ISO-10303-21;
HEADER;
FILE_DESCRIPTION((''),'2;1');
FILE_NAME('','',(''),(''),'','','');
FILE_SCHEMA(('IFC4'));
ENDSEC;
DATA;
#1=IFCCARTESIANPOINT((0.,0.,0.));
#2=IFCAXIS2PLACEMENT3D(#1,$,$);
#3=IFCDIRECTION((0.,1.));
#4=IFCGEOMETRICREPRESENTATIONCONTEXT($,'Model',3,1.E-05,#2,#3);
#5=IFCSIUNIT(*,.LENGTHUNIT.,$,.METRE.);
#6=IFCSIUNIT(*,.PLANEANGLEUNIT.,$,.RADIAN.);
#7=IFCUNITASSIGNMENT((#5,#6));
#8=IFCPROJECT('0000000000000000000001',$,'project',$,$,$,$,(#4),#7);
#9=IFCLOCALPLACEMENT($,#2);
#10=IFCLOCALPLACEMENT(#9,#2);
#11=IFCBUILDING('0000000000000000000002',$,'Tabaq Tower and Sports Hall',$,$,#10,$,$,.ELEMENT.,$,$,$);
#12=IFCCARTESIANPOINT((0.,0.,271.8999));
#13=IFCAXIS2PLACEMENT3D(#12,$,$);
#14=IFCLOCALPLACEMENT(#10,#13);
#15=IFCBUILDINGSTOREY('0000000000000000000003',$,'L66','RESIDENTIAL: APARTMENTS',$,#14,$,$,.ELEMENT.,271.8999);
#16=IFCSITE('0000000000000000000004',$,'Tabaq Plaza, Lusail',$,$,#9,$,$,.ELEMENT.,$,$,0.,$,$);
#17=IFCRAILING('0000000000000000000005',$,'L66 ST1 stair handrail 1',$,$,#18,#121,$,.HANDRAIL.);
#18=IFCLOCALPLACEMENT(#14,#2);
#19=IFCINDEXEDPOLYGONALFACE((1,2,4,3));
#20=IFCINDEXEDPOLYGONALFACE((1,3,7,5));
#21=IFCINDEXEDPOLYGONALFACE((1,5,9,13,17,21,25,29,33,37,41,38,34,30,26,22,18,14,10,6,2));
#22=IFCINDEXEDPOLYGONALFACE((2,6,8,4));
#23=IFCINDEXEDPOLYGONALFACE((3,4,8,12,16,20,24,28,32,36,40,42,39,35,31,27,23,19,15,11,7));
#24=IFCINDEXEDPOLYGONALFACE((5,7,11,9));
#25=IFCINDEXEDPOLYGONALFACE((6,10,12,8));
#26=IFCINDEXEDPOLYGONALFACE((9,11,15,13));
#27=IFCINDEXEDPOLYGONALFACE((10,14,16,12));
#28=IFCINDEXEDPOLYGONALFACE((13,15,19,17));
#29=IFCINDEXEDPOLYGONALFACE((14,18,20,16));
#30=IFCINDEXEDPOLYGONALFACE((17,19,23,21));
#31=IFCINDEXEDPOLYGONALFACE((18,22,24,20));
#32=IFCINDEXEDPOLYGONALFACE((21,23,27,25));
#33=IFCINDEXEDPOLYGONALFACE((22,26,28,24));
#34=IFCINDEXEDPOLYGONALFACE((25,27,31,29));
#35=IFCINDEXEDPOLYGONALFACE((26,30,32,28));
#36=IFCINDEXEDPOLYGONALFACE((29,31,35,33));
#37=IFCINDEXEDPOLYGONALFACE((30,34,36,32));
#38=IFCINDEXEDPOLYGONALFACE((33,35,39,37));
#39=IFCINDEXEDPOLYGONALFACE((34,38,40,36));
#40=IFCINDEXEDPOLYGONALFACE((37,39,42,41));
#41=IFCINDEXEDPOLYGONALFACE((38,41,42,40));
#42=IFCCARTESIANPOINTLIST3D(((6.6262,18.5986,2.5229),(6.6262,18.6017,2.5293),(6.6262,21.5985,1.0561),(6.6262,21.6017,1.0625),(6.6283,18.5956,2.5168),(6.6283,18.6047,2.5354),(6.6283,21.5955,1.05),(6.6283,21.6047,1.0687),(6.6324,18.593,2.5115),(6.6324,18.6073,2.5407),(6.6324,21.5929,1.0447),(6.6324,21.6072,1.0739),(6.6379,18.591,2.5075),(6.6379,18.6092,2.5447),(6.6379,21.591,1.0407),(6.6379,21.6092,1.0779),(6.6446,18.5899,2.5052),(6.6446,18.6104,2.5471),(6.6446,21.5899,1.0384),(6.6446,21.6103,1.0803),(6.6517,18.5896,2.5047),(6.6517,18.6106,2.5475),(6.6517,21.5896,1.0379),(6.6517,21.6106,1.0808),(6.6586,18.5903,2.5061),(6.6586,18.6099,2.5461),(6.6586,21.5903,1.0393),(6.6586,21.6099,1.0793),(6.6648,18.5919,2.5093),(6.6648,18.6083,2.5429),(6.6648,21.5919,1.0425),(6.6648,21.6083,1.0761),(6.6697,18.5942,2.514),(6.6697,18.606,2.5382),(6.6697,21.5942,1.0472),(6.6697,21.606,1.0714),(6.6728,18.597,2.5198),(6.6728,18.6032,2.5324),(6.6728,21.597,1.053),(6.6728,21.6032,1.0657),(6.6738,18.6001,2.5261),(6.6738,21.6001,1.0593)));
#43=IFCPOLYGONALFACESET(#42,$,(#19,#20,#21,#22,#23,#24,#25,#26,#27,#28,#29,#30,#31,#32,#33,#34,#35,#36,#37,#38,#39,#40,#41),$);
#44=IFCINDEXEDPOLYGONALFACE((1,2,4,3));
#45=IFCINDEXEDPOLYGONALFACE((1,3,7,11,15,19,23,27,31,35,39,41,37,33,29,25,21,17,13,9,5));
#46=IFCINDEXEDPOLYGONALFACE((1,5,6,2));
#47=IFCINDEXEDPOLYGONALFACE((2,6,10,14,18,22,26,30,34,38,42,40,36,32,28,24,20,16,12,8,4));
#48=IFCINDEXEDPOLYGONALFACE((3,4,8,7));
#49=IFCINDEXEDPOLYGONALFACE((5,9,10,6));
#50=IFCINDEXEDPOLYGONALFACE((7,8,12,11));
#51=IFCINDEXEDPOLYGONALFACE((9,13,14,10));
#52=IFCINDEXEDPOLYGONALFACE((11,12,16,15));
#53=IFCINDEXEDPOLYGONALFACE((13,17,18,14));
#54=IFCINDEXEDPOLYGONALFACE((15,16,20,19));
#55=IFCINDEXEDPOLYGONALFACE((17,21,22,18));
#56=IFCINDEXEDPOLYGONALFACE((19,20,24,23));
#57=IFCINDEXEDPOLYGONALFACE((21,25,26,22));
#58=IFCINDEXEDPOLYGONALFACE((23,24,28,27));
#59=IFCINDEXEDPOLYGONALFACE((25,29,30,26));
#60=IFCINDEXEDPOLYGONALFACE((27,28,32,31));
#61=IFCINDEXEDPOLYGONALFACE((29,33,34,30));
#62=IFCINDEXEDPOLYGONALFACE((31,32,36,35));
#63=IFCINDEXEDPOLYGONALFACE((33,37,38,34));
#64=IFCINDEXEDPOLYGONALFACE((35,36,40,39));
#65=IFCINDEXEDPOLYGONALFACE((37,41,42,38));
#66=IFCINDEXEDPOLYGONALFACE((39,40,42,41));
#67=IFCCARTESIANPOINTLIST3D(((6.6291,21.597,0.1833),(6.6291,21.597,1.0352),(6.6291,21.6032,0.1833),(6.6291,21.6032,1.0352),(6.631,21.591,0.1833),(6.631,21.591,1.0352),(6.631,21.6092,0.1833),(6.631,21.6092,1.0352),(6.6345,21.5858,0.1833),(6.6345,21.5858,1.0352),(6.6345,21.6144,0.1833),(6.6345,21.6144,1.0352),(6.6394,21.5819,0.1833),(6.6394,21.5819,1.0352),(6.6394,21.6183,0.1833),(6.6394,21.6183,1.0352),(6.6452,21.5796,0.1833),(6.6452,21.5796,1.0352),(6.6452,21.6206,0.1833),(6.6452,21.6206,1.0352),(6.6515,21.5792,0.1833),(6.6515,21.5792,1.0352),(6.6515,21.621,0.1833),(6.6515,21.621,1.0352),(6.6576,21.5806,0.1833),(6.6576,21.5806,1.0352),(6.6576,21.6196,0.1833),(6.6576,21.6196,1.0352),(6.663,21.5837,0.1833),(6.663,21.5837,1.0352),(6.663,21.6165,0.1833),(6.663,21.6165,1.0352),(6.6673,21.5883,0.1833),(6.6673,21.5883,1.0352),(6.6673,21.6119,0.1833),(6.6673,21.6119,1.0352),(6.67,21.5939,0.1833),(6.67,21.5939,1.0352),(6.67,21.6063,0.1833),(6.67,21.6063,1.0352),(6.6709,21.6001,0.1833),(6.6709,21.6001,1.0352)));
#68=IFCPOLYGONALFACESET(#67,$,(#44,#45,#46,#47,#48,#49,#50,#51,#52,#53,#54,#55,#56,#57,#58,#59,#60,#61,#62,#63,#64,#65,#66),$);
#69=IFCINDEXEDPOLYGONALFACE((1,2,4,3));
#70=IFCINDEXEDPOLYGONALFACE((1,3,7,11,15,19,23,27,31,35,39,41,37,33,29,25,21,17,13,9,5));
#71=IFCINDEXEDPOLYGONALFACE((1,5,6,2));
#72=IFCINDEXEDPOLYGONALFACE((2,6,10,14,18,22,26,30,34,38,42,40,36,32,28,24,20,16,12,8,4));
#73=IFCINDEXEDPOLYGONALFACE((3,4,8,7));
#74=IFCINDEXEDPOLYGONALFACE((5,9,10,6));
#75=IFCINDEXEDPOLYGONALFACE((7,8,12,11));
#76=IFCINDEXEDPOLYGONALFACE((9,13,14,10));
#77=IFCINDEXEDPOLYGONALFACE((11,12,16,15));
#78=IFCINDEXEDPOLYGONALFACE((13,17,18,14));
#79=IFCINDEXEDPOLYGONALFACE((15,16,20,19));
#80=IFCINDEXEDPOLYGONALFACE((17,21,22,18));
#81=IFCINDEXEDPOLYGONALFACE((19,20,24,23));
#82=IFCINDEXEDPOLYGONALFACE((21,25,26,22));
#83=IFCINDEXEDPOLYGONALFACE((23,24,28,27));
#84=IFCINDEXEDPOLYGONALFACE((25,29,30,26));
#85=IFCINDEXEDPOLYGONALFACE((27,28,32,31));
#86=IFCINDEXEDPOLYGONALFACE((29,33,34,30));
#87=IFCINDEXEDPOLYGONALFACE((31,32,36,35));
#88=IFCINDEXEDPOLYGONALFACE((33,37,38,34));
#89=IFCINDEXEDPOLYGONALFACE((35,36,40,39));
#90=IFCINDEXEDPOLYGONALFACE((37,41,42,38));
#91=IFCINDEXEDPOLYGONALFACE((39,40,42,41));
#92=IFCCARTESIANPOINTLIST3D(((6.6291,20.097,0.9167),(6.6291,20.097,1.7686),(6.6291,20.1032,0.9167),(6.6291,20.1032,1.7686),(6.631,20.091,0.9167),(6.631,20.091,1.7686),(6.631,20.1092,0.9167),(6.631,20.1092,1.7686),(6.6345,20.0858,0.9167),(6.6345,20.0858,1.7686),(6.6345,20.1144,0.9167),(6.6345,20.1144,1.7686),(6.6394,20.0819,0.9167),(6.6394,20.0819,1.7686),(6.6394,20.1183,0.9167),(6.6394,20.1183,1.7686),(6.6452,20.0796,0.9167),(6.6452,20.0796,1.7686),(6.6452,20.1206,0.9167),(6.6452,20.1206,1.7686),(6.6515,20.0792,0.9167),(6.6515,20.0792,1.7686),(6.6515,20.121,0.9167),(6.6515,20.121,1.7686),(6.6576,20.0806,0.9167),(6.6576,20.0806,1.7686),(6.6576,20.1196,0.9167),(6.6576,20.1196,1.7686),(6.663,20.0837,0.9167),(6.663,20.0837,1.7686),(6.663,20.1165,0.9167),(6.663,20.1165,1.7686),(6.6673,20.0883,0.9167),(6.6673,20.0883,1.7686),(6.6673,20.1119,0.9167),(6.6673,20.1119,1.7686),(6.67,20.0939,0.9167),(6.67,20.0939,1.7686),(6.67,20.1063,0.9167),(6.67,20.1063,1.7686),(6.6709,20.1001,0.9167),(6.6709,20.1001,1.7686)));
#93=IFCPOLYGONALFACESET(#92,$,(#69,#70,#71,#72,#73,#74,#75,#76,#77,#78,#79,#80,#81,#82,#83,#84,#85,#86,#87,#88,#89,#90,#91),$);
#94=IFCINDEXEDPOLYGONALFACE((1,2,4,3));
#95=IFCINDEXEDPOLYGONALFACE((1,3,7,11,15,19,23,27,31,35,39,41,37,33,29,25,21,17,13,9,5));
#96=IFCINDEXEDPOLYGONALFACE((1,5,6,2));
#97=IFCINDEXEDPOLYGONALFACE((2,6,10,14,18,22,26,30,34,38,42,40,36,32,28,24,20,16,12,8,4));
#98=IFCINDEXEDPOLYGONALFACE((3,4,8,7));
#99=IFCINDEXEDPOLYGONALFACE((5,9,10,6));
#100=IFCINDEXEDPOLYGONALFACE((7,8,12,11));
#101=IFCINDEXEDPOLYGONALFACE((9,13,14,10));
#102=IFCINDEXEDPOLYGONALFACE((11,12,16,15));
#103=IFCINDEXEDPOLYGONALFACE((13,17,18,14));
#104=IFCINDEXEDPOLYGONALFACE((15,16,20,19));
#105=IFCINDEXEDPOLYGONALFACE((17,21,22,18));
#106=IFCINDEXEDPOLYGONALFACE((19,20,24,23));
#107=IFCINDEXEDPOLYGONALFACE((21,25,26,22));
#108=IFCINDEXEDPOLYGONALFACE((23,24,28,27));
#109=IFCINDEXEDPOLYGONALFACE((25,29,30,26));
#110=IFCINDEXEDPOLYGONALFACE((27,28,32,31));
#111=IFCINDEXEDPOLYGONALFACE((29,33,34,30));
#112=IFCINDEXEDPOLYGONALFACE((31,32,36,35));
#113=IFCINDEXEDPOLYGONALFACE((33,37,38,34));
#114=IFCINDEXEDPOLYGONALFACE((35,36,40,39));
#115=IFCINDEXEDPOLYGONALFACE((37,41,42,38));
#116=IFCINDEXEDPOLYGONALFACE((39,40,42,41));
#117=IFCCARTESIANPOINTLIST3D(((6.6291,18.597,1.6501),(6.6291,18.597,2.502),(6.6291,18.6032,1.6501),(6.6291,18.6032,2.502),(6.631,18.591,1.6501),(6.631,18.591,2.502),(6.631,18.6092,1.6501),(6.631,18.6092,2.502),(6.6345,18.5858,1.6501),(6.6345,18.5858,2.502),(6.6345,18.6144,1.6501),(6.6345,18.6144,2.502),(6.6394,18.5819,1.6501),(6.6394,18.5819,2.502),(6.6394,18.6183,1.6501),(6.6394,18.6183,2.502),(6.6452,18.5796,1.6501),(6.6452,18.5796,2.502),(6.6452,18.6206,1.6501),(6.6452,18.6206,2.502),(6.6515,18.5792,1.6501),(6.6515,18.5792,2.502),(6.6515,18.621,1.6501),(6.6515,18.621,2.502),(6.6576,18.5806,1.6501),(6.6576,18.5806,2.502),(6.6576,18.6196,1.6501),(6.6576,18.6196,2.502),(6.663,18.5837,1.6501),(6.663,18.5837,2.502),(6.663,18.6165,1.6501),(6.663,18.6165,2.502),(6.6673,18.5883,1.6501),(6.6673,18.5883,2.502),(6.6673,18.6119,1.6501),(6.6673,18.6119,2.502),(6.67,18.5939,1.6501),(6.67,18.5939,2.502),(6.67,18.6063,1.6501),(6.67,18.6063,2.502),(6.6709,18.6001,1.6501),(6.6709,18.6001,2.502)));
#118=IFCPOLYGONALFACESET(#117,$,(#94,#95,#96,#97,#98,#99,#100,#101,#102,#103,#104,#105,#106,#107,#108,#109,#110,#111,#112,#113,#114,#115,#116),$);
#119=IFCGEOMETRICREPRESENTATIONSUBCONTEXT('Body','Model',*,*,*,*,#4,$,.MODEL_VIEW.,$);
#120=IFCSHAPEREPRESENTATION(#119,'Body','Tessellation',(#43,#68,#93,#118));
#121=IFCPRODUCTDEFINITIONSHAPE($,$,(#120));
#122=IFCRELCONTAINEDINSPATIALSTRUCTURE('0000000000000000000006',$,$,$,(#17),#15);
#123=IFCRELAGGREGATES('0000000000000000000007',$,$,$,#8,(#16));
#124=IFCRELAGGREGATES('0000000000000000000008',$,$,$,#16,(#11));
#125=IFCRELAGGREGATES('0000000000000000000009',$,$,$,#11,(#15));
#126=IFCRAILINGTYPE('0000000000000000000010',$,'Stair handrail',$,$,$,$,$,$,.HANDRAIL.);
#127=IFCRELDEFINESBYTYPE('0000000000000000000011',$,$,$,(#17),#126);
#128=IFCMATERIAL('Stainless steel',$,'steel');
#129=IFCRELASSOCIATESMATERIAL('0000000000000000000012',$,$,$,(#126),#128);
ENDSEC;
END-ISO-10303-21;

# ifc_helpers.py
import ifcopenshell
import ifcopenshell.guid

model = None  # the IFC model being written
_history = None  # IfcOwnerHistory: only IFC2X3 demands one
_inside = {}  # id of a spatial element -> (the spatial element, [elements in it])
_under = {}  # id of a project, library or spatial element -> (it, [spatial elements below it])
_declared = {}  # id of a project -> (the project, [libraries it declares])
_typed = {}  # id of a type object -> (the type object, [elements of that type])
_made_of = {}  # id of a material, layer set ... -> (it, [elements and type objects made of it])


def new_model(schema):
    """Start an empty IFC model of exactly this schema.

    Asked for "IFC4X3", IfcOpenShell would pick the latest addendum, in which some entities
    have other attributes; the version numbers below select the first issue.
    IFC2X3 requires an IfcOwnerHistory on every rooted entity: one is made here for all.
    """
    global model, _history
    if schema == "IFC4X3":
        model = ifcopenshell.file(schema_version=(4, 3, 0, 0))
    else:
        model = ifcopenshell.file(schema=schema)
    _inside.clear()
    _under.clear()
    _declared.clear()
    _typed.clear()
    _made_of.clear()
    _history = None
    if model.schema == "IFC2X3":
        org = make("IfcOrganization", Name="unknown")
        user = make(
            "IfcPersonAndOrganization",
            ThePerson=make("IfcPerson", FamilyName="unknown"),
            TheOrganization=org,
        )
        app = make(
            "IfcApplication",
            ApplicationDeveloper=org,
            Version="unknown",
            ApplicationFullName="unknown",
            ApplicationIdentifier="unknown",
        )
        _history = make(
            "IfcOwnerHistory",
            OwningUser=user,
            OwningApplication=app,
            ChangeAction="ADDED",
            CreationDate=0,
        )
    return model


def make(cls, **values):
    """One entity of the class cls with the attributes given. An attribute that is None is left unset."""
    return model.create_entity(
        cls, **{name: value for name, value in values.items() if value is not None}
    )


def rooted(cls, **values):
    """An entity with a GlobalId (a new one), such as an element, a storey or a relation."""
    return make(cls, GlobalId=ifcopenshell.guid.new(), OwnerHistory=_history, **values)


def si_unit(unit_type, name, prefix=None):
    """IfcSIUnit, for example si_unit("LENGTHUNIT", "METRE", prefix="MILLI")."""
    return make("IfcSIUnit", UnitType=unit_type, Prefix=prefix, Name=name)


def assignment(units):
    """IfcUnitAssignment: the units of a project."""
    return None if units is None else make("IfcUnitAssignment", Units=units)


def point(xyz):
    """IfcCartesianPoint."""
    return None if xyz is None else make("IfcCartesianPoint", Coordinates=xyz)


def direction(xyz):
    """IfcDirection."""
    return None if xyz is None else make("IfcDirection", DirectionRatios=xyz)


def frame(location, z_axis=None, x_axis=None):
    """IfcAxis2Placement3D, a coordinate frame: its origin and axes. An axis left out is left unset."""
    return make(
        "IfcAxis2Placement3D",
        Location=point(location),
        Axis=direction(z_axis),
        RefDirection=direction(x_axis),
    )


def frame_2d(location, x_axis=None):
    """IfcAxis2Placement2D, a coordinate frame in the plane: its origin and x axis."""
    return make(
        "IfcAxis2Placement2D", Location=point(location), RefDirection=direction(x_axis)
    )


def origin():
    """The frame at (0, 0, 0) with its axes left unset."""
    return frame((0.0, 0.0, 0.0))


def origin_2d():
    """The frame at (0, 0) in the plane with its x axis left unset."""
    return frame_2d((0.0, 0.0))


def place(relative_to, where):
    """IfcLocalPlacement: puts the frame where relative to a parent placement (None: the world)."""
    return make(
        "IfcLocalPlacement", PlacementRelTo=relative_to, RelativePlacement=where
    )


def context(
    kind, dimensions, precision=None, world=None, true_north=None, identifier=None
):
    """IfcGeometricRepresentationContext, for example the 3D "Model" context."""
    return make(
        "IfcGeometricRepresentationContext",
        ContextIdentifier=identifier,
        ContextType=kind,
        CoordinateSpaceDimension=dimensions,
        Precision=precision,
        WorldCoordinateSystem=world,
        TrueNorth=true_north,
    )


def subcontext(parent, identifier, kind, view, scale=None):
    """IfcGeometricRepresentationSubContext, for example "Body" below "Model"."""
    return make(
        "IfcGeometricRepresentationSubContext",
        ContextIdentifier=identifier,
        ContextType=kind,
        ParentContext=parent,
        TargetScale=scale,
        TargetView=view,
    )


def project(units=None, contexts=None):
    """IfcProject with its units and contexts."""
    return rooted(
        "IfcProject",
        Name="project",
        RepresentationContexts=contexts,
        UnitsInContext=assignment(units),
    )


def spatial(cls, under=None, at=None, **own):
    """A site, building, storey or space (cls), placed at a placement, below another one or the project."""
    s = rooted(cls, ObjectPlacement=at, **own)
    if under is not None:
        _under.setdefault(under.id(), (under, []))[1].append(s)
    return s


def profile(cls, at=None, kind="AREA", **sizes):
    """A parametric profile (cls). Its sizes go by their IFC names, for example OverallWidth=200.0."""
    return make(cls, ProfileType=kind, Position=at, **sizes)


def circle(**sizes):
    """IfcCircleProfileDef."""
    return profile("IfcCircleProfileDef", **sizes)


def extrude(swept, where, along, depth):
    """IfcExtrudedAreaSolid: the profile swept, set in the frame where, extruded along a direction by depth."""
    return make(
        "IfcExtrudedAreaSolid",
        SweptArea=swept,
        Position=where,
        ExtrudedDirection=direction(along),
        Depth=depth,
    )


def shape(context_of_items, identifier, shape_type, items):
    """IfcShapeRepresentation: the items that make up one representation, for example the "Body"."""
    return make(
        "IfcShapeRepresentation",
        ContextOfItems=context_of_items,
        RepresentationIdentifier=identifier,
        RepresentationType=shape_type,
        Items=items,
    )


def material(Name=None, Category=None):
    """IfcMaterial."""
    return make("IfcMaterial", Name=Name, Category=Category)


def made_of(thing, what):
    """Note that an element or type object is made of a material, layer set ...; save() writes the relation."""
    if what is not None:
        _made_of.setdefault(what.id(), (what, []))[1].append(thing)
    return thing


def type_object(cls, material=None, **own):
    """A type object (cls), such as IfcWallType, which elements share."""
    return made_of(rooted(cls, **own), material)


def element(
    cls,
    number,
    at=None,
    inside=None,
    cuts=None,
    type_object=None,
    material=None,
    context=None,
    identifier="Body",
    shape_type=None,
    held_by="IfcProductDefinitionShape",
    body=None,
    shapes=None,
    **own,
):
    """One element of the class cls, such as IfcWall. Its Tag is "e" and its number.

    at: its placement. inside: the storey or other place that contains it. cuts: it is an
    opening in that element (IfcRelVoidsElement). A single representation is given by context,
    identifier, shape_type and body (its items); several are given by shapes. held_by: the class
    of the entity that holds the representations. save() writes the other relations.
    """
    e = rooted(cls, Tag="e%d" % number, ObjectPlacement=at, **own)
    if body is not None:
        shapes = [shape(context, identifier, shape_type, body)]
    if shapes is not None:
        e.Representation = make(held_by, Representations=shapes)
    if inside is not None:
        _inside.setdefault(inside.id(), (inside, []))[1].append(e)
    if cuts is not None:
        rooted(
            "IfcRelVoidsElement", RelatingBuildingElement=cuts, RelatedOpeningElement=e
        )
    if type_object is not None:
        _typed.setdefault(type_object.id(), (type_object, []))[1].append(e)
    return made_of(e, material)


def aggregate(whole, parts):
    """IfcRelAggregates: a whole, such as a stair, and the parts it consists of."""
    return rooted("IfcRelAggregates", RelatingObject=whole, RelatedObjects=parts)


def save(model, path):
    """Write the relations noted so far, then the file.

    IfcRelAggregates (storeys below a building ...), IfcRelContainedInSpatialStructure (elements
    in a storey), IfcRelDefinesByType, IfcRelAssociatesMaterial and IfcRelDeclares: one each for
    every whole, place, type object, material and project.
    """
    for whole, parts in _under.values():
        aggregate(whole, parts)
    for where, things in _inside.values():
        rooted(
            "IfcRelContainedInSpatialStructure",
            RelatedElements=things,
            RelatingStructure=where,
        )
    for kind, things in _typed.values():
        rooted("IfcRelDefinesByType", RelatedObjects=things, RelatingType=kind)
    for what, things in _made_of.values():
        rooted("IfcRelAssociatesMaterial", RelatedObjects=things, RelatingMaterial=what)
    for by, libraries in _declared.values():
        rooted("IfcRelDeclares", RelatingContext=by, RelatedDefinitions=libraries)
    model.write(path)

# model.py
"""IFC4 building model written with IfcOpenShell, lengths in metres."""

from ifc_helpers import new_model, si_unit, direction, frame, origin, origin_2d, place, context, subcontext, project, spatial, circle, extrude, material, type_object, element, save


model = new_model("IFC4")

# Units and contexts
model_context = context("Model", 3, precision=1e-05, world=origin(), true_north=direction((0.0, 1.0)))
body_context = subcontext(model_context, "Body", "Model", "MODEL_VIEW")
ifc_project = project(units=[si_unit("LENGTHUNIT", "METRE"), si_unit("PLANEANGLEUNIT", "RADIAN")], contexts=[model_context])

# Site, building, storey
site_placement = place(None, origin())
site = spatial("IfcSite", under=ifc_project, at=site_placement, Name="Tabaq Plaza, Lusail", CompositionType="ELEMENT", RefElevation=0.0)
building_placement = place(site_placement, origin())
building = spatial("IfcBuilding", under=site, at=building_placement, Name="Tabaq Tower and Sports Hall", CompositionType="ELEMENT")
storey_placement = place(building_placement, frame((0.0, 0.0, 271.8999)))
storey = spatial("IfcBuildingStorey", under=building, at=storey_placement, Name="L66", Description="RESIDENTIAL: APARTMENTS", CompositionType="ELEMENT", Elevation=271.8999)

# Railing
ifc_material_1 = material(Name="Stainless steel", Category="steel")
railing_type = type_object("IfcRailingType", Name="Stair handrail", PredefinedType="HANDRAIL", material=ifc_material_1)
railing_1_placement = place(storey_placement, frame((6.6499, 21.6001, 0.1833)))
element("IfcRailing", 1, at=railing_1_placement, inside=storey, type_object=railing_type, Name="L66 ST1 stair handrail 1", PredefinedType="HANDRAIL", context=body_context, shape_type="SweptSolid", body=[
    extrude(circle(Radius=0.0239, at=origin_2d()), frame((0.0, 0.0, 0.876), z_axis=(0.0, -0.898369, 0.439242), x_axis=(1.0, 0.0, 0.0)), (0.0, 0.0, 1.0), 3.3394),
    extrude(circle(Radius=0.021, at=origin_2d()), origin(), (0.0, 0.0, 1.0), 0.8518),
    extrude(circle(Radius=0.021, at=origin_2d()), frame((0.0, -1.5, 0.7334)), (0.0, 0.0, 1.0), 0.8518),
    extrude(circle(Radius=0.021, at=origin_2d()), frame((0.0, -3.0, 1.4668)), (0.0, 0.0, 1.0), 0.8518),
])

save(model, "model.ifc")
